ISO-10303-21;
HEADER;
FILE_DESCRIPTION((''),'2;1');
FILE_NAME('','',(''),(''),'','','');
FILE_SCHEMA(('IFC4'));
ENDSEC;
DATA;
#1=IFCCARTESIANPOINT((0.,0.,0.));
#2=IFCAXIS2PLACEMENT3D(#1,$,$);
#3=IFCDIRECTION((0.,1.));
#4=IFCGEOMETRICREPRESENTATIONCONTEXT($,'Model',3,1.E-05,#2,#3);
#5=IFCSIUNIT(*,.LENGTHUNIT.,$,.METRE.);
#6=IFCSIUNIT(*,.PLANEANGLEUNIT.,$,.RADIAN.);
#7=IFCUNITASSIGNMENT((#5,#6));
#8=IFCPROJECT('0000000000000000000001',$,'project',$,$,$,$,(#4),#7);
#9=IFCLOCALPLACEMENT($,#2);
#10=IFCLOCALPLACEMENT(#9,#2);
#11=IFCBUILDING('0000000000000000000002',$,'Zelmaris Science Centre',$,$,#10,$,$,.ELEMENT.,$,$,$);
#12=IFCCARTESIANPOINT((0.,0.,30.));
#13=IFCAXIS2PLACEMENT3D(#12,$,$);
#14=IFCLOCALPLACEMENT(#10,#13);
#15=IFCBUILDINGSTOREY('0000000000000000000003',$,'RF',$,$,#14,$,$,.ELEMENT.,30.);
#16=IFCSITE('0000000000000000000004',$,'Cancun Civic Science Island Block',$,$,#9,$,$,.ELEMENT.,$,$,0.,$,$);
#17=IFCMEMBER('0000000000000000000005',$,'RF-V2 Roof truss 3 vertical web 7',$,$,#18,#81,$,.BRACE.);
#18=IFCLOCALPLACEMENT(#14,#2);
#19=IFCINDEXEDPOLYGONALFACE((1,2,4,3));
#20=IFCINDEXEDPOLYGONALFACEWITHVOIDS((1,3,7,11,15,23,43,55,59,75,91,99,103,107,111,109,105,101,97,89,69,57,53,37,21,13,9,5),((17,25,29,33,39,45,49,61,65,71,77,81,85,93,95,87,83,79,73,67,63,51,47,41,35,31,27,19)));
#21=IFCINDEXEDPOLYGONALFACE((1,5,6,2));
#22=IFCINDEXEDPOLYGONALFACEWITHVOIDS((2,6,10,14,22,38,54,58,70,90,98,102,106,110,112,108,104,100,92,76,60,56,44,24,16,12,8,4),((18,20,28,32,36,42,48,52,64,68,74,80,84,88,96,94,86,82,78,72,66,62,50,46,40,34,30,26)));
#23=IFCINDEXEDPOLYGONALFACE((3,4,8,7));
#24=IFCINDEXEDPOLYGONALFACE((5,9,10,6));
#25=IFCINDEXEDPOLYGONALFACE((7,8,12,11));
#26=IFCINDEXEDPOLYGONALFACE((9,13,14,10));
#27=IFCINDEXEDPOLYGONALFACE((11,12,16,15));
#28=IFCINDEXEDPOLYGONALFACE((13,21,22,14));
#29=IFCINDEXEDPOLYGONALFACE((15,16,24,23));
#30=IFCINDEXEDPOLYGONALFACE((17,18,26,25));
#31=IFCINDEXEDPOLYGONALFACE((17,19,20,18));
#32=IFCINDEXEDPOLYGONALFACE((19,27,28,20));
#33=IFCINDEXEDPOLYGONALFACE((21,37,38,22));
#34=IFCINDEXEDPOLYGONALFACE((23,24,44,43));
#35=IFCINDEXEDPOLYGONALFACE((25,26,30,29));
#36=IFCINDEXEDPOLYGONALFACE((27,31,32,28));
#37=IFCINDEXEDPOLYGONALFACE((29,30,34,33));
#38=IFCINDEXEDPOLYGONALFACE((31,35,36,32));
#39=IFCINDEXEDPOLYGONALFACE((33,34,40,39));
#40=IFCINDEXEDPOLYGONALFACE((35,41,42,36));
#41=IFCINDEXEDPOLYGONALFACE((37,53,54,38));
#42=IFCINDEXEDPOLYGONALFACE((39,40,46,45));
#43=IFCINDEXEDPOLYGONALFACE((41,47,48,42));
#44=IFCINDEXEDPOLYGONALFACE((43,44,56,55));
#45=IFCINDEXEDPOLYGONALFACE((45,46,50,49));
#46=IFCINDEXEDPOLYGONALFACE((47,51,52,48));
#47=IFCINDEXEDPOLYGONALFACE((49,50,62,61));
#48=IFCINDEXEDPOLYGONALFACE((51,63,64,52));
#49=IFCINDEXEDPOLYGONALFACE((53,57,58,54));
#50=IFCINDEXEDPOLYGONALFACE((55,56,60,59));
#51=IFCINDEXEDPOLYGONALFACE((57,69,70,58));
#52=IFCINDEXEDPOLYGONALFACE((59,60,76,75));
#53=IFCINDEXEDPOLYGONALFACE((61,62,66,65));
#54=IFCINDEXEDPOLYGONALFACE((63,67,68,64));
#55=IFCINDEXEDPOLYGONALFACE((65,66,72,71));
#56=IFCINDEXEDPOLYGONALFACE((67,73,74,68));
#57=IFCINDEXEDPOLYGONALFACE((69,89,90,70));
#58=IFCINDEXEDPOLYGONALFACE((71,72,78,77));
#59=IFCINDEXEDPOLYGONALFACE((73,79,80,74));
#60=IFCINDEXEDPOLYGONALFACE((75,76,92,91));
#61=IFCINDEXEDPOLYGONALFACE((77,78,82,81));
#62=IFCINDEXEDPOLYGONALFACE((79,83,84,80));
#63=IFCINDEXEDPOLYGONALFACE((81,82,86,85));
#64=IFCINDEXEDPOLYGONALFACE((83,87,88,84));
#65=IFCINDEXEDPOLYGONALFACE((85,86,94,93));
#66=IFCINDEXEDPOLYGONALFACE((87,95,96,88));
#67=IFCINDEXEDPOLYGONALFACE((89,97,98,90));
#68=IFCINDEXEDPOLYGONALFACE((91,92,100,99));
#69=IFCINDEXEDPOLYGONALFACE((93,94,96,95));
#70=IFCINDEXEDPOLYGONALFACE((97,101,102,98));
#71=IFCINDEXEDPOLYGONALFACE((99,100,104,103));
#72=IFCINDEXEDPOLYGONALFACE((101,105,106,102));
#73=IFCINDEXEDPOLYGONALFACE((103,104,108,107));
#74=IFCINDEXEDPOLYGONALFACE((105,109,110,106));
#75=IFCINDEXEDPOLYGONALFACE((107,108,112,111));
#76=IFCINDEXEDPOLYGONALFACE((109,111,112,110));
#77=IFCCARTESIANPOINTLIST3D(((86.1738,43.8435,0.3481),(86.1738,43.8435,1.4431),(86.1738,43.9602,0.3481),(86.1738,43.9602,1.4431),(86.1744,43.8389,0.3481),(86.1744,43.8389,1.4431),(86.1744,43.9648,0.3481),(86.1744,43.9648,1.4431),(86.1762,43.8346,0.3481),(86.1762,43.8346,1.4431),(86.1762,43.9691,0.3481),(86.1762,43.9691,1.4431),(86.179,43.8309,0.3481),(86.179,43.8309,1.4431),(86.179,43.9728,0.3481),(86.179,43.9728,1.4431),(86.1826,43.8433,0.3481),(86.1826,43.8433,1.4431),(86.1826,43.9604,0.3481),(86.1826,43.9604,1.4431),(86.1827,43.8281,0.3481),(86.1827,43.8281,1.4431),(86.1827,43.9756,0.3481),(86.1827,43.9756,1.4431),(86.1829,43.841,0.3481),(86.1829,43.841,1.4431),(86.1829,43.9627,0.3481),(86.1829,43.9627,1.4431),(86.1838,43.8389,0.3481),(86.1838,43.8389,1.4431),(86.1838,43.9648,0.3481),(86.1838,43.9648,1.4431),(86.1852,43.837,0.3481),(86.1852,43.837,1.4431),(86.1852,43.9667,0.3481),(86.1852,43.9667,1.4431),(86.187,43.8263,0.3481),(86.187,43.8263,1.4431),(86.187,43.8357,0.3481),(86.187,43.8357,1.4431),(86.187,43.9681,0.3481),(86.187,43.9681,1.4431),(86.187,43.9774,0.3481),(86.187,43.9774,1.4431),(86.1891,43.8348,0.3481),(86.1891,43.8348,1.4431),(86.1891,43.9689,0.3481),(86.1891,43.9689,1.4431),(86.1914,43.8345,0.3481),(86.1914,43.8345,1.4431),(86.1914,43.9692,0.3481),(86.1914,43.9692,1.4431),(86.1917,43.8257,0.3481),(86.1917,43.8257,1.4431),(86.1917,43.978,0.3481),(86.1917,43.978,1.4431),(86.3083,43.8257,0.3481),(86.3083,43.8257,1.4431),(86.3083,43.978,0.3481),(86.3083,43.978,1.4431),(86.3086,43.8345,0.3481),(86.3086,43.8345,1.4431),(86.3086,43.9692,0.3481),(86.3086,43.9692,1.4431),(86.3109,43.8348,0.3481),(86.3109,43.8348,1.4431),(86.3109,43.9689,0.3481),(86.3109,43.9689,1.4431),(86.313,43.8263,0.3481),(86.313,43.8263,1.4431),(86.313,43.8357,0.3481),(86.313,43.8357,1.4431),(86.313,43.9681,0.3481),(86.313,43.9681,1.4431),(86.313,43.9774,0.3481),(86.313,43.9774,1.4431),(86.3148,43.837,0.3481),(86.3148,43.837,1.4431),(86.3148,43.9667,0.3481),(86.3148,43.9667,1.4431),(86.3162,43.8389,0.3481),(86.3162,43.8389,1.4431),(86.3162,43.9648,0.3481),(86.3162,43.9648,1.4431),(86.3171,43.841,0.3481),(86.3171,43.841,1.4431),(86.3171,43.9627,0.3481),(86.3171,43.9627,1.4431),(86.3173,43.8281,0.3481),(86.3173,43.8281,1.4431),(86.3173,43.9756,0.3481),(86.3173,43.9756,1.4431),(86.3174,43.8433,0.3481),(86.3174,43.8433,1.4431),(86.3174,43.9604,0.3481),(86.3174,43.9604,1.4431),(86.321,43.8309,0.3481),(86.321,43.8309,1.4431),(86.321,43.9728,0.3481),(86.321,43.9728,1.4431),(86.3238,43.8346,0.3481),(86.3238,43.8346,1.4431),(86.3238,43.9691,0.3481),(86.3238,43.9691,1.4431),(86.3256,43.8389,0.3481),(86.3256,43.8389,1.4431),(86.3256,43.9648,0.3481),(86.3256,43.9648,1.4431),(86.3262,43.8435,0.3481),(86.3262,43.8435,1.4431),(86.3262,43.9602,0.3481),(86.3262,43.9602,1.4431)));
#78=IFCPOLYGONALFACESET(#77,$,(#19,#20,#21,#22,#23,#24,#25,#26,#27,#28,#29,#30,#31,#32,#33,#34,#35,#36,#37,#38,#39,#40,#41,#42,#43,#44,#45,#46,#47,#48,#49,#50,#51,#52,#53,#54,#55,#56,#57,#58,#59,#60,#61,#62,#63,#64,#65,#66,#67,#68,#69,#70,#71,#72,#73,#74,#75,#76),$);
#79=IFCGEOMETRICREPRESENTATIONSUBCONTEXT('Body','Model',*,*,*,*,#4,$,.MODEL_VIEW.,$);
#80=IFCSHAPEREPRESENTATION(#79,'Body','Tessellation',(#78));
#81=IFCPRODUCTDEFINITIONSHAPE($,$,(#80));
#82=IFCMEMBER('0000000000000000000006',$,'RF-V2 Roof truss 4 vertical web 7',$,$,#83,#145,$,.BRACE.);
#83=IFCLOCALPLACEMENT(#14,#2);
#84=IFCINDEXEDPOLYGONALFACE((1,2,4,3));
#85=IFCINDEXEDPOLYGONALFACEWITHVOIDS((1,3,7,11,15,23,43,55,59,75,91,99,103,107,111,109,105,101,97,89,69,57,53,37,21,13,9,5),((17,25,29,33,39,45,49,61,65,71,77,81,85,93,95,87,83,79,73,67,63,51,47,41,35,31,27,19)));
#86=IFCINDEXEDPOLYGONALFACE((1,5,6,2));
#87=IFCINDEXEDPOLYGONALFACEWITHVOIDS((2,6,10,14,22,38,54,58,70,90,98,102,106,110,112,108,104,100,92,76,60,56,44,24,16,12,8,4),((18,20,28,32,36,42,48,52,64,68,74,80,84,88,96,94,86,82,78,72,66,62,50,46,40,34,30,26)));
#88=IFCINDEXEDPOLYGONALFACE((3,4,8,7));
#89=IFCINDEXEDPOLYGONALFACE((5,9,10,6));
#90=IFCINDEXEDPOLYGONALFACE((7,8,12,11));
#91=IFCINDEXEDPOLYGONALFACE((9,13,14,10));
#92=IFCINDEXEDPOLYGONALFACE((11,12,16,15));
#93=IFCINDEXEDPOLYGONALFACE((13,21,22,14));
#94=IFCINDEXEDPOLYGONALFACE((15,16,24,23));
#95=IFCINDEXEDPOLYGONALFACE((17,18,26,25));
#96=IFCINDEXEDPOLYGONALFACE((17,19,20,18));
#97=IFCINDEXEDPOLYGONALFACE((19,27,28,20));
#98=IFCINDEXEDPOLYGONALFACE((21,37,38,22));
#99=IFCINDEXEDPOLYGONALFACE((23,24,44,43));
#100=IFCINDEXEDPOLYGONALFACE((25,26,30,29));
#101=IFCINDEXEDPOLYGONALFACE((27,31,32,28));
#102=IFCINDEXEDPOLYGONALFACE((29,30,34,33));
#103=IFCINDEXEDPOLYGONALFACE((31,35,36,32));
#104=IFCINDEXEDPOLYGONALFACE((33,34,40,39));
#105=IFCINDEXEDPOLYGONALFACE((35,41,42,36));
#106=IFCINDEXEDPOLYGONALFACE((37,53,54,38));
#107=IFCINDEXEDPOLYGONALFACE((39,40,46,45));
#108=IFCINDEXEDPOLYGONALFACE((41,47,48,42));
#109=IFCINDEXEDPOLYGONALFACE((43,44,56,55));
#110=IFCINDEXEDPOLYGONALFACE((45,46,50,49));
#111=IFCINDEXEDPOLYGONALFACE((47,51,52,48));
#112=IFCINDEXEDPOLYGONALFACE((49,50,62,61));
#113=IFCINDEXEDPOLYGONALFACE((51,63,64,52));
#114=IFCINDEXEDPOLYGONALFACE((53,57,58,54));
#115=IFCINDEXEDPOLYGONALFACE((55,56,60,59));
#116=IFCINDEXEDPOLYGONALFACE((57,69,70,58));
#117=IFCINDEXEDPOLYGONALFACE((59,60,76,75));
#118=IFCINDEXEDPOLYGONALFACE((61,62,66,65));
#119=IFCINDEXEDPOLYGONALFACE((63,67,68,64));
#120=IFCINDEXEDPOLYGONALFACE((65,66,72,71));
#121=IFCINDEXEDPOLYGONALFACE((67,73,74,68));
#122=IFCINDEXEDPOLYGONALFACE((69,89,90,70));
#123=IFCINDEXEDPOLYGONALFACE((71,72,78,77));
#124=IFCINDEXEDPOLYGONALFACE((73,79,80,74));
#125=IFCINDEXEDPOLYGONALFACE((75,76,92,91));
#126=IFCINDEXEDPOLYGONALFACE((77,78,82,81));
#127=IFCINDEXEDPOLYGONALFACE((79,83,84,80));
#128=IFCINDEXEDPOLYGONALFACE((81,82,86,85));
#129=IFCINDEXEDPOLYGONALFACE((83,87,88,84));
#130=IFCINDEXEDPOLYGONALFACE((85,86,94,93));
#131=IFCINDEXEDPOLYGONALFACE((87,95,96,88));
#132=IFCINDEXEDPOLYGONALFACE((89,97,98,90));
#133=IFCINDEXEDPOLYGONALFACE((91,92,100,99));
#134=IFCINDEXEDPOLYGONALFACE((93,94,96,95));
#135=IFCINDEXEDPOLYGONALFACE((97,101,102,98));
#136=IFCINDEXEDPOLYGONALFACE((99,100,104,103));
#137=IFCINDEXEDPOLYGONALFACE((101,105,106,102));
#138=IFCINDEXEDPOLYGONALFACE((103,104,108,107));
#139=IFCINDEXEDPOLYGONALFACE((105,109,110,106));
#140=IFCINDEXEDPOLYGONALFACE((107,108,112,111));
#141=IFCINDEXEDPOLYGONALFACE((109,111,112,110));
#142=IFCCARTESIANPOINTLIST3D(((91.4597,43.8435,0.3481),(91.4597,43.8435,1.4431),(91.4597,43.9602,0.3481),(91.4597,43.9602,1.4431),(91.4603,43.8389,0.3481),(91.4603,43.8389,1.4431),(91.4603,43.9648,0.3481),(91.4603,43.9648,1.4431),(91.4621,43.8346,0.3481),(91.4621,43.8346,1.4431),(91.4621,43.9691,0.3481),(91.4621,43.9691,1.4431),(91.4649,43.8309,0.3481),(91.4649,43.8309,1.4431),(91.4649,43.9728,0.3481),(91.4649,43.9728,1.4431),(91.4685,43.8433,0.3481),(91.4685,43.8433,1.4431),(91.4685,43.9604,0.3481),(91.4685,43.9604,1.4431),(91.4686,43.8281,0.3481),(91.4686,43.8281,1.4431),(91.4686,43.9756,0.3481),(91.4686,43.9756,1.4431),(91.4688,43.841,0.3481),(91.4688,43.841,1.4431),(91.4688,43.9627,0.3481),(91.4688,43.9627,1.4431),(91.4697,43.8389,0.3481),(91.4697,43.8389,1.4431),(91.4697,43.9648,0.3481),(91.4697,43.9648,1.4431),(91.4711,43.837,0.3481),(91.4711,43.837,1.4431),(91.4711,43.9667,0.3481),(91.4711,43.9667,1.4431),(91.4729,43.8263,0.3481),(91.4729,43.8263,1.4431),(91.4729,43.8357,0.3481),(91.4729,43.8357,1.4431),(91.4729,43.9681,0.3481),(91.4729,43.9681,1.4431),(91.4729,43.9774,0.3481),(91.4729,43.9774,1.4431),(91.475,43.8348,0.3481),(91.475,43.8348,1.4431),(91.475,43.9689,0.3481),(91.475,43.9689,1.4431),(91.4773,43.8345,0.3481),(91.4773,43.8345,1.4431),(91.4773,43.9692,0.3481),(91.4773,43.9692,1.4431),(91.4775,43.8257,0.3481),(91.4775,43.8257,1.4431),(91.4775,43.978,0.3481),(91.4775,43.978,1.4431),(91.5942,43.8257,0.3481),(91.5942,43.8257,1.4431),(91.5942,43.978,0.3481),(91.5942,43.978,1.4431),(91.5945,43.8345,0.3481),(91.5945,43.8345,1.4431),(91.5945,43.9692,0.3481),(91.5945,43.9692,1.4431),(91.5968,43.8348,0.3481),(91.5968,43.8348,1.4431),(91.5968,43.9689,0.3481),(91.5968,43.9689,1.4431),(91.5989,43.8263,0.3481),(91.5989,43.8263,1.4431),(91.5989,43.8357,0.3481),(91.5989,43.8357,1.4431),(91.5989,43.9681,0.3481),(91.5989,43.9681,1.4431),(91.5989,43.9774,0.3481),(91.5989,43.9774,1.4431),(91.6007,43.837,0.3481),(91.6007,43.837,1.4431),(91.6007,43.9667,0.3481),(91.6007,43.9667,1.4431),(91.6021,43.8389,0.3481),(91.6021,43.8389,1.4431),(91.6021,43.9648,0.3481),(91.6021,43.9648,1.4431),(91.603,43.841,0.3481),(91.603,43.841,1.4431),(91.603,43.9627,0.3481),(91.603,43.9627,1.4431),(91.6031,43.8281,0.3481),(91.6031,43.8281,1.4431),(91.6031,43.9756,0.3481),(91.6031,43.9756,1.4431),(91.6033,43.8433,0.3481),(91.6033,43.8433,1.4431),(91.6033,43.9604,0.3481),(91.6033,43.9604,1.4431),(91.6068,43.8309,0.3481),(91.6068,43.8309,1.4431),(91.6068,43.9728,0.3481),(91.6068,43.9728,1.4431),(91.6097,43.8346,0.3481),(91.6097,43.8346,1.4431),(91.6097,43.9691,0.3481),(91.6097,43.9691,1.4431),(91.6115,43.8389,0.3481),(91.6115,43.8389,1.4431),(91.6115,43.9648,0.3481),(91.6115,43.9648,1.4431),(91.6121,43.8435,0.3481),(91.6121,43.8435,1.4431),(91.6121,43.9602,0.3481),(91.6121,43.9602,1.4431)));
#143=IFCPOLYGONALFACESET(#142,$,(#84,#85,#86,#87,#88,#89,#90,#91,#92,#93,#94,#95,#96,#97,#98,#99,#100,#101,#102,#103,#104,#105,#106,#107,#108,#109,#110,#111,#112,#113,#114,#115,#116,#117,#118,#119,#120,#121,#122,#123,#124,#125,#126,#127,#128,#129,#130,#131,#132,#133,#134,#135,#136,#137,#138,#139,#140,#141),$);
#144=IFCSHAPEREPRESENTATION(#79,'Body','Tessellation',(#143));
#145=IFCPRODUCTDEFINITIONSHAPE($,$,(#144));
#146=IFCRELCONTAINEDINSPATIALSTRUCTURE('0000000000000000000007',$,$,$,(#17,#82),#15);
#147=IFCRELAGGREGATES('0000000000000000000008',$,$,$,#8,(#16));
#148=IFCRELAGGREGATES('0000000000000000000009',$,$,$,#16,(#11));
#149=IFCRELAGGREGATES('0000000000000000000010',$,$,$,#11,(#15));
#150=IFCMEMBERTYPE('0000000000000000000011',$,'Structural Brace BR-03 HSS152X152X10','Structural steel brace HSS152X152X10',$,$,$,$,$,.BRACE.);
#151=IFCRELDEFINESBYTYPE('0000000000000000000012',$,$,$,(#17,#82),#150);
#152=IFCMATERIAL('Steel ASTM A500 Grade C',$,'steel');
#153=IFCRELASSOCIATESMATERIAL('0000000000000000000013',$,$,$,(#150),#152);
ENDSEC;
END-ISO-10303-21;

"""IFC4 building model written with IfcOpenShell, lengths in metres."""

from ifc_helpers import new_model, si_unit, direction, frame, origin, origin_2d, place, context, subcontext, project, spatial, hollow_rectangle, extrude, material, material_profile, profile_set, type_object, element, save


model = new_model("IFC4")

# Units and contexts
model_context = context("Model", 3, precision=1e-05, world=origin(), true_north=direction((0.0, 1.0)))
body_context = subcontext(model_context, "Body", "Model", "MODEL_VIEW")
ifc_project = project(units=[si_unit("LENGTHUNIT", "METRE"), si_unit("PLANEANGLEUNIT", "RADIAN")], contexts=[model_context])

# Site, building, storey
site_placement = place(None, origin())
site = spatial("IfcSite", under=ifc_project, at=site_placement, Name="Cancun Civic Science Island Block", CompositionType="ELEMENT", RefElevation=0.0)
building_placement = place(site_placement, origin())
building = spatial("IfcBuilding", under=site, at=building_placement, Name="Zelmaris Science Centre", CompositionType="ELEMENT")
storey_placement = place(building_placement, frame((0.0, 0.0, 30.0)))
storey = spatial("IfcBuildingStorey", under=building, at=storey_placement, Name="RF", CompositionType="ELEMENT", Elevation=30.0)

# Shared definitions
ifc_material = material(Name="Steel ASTM A500 Grade C", Category="steel")

# Members
ifc_material_profile_1 = material_profile(ifc_material, hollow_rectangle(XDim=0.1523, YDim=0.1523, WallThickness=0.0088, InnerFilletRadius=0.0088, OuterFilletRadius=0.0178, at=origin_2d()), Name="HSS152X152X10")
ifc_profile_set_1 = profile_set([ifc_material_profile_1], Name="Steel ASTM A500 Grade C")
member_type_1 = type_object("IfcMemberType", Name="Structural Brace BR-03 HSS152X152X10", Description="Structural steel brace HSS152X152X10", PredefinedType="BRACE", material=ifc_profile_set_1)
for number, where, z_axis, x_axis, name in (
    (1, (86.25, 43.9019, 0.3481), (0.0, 0.0, 1.0), (1.0, 0.0, 0.0), "RF-V2 Roof truss 3 vertical web 7"),
    (2, (91.5359, 43.9019, 0.3481), (0.0, 0.0, 1.0), (1.0, 0.0, 0.0), "RF-V2 Roof truss 4 vertical web 7"),
):
    element("IfcMember", number, at=place(storey_placement, frame(where, z_axis=z_axis, x_axis=x_axis)), inside=storey, type_object=member_type_1, Name=name, PredefinedType="BRACE", context=body_context, shape_type="SweptSolid", body=[
        extrude(hollow_rectangle(XDim=0.1523, YDim=0.1523, WallThickness=0.0088, InnerFilletRadius=0.0088, OuterFilletRadius=0.0178, at=origin_2d()), origin(), (0.0, 0.0, 1.0), 1.095),
    ])

save(model, "model.ifc")
